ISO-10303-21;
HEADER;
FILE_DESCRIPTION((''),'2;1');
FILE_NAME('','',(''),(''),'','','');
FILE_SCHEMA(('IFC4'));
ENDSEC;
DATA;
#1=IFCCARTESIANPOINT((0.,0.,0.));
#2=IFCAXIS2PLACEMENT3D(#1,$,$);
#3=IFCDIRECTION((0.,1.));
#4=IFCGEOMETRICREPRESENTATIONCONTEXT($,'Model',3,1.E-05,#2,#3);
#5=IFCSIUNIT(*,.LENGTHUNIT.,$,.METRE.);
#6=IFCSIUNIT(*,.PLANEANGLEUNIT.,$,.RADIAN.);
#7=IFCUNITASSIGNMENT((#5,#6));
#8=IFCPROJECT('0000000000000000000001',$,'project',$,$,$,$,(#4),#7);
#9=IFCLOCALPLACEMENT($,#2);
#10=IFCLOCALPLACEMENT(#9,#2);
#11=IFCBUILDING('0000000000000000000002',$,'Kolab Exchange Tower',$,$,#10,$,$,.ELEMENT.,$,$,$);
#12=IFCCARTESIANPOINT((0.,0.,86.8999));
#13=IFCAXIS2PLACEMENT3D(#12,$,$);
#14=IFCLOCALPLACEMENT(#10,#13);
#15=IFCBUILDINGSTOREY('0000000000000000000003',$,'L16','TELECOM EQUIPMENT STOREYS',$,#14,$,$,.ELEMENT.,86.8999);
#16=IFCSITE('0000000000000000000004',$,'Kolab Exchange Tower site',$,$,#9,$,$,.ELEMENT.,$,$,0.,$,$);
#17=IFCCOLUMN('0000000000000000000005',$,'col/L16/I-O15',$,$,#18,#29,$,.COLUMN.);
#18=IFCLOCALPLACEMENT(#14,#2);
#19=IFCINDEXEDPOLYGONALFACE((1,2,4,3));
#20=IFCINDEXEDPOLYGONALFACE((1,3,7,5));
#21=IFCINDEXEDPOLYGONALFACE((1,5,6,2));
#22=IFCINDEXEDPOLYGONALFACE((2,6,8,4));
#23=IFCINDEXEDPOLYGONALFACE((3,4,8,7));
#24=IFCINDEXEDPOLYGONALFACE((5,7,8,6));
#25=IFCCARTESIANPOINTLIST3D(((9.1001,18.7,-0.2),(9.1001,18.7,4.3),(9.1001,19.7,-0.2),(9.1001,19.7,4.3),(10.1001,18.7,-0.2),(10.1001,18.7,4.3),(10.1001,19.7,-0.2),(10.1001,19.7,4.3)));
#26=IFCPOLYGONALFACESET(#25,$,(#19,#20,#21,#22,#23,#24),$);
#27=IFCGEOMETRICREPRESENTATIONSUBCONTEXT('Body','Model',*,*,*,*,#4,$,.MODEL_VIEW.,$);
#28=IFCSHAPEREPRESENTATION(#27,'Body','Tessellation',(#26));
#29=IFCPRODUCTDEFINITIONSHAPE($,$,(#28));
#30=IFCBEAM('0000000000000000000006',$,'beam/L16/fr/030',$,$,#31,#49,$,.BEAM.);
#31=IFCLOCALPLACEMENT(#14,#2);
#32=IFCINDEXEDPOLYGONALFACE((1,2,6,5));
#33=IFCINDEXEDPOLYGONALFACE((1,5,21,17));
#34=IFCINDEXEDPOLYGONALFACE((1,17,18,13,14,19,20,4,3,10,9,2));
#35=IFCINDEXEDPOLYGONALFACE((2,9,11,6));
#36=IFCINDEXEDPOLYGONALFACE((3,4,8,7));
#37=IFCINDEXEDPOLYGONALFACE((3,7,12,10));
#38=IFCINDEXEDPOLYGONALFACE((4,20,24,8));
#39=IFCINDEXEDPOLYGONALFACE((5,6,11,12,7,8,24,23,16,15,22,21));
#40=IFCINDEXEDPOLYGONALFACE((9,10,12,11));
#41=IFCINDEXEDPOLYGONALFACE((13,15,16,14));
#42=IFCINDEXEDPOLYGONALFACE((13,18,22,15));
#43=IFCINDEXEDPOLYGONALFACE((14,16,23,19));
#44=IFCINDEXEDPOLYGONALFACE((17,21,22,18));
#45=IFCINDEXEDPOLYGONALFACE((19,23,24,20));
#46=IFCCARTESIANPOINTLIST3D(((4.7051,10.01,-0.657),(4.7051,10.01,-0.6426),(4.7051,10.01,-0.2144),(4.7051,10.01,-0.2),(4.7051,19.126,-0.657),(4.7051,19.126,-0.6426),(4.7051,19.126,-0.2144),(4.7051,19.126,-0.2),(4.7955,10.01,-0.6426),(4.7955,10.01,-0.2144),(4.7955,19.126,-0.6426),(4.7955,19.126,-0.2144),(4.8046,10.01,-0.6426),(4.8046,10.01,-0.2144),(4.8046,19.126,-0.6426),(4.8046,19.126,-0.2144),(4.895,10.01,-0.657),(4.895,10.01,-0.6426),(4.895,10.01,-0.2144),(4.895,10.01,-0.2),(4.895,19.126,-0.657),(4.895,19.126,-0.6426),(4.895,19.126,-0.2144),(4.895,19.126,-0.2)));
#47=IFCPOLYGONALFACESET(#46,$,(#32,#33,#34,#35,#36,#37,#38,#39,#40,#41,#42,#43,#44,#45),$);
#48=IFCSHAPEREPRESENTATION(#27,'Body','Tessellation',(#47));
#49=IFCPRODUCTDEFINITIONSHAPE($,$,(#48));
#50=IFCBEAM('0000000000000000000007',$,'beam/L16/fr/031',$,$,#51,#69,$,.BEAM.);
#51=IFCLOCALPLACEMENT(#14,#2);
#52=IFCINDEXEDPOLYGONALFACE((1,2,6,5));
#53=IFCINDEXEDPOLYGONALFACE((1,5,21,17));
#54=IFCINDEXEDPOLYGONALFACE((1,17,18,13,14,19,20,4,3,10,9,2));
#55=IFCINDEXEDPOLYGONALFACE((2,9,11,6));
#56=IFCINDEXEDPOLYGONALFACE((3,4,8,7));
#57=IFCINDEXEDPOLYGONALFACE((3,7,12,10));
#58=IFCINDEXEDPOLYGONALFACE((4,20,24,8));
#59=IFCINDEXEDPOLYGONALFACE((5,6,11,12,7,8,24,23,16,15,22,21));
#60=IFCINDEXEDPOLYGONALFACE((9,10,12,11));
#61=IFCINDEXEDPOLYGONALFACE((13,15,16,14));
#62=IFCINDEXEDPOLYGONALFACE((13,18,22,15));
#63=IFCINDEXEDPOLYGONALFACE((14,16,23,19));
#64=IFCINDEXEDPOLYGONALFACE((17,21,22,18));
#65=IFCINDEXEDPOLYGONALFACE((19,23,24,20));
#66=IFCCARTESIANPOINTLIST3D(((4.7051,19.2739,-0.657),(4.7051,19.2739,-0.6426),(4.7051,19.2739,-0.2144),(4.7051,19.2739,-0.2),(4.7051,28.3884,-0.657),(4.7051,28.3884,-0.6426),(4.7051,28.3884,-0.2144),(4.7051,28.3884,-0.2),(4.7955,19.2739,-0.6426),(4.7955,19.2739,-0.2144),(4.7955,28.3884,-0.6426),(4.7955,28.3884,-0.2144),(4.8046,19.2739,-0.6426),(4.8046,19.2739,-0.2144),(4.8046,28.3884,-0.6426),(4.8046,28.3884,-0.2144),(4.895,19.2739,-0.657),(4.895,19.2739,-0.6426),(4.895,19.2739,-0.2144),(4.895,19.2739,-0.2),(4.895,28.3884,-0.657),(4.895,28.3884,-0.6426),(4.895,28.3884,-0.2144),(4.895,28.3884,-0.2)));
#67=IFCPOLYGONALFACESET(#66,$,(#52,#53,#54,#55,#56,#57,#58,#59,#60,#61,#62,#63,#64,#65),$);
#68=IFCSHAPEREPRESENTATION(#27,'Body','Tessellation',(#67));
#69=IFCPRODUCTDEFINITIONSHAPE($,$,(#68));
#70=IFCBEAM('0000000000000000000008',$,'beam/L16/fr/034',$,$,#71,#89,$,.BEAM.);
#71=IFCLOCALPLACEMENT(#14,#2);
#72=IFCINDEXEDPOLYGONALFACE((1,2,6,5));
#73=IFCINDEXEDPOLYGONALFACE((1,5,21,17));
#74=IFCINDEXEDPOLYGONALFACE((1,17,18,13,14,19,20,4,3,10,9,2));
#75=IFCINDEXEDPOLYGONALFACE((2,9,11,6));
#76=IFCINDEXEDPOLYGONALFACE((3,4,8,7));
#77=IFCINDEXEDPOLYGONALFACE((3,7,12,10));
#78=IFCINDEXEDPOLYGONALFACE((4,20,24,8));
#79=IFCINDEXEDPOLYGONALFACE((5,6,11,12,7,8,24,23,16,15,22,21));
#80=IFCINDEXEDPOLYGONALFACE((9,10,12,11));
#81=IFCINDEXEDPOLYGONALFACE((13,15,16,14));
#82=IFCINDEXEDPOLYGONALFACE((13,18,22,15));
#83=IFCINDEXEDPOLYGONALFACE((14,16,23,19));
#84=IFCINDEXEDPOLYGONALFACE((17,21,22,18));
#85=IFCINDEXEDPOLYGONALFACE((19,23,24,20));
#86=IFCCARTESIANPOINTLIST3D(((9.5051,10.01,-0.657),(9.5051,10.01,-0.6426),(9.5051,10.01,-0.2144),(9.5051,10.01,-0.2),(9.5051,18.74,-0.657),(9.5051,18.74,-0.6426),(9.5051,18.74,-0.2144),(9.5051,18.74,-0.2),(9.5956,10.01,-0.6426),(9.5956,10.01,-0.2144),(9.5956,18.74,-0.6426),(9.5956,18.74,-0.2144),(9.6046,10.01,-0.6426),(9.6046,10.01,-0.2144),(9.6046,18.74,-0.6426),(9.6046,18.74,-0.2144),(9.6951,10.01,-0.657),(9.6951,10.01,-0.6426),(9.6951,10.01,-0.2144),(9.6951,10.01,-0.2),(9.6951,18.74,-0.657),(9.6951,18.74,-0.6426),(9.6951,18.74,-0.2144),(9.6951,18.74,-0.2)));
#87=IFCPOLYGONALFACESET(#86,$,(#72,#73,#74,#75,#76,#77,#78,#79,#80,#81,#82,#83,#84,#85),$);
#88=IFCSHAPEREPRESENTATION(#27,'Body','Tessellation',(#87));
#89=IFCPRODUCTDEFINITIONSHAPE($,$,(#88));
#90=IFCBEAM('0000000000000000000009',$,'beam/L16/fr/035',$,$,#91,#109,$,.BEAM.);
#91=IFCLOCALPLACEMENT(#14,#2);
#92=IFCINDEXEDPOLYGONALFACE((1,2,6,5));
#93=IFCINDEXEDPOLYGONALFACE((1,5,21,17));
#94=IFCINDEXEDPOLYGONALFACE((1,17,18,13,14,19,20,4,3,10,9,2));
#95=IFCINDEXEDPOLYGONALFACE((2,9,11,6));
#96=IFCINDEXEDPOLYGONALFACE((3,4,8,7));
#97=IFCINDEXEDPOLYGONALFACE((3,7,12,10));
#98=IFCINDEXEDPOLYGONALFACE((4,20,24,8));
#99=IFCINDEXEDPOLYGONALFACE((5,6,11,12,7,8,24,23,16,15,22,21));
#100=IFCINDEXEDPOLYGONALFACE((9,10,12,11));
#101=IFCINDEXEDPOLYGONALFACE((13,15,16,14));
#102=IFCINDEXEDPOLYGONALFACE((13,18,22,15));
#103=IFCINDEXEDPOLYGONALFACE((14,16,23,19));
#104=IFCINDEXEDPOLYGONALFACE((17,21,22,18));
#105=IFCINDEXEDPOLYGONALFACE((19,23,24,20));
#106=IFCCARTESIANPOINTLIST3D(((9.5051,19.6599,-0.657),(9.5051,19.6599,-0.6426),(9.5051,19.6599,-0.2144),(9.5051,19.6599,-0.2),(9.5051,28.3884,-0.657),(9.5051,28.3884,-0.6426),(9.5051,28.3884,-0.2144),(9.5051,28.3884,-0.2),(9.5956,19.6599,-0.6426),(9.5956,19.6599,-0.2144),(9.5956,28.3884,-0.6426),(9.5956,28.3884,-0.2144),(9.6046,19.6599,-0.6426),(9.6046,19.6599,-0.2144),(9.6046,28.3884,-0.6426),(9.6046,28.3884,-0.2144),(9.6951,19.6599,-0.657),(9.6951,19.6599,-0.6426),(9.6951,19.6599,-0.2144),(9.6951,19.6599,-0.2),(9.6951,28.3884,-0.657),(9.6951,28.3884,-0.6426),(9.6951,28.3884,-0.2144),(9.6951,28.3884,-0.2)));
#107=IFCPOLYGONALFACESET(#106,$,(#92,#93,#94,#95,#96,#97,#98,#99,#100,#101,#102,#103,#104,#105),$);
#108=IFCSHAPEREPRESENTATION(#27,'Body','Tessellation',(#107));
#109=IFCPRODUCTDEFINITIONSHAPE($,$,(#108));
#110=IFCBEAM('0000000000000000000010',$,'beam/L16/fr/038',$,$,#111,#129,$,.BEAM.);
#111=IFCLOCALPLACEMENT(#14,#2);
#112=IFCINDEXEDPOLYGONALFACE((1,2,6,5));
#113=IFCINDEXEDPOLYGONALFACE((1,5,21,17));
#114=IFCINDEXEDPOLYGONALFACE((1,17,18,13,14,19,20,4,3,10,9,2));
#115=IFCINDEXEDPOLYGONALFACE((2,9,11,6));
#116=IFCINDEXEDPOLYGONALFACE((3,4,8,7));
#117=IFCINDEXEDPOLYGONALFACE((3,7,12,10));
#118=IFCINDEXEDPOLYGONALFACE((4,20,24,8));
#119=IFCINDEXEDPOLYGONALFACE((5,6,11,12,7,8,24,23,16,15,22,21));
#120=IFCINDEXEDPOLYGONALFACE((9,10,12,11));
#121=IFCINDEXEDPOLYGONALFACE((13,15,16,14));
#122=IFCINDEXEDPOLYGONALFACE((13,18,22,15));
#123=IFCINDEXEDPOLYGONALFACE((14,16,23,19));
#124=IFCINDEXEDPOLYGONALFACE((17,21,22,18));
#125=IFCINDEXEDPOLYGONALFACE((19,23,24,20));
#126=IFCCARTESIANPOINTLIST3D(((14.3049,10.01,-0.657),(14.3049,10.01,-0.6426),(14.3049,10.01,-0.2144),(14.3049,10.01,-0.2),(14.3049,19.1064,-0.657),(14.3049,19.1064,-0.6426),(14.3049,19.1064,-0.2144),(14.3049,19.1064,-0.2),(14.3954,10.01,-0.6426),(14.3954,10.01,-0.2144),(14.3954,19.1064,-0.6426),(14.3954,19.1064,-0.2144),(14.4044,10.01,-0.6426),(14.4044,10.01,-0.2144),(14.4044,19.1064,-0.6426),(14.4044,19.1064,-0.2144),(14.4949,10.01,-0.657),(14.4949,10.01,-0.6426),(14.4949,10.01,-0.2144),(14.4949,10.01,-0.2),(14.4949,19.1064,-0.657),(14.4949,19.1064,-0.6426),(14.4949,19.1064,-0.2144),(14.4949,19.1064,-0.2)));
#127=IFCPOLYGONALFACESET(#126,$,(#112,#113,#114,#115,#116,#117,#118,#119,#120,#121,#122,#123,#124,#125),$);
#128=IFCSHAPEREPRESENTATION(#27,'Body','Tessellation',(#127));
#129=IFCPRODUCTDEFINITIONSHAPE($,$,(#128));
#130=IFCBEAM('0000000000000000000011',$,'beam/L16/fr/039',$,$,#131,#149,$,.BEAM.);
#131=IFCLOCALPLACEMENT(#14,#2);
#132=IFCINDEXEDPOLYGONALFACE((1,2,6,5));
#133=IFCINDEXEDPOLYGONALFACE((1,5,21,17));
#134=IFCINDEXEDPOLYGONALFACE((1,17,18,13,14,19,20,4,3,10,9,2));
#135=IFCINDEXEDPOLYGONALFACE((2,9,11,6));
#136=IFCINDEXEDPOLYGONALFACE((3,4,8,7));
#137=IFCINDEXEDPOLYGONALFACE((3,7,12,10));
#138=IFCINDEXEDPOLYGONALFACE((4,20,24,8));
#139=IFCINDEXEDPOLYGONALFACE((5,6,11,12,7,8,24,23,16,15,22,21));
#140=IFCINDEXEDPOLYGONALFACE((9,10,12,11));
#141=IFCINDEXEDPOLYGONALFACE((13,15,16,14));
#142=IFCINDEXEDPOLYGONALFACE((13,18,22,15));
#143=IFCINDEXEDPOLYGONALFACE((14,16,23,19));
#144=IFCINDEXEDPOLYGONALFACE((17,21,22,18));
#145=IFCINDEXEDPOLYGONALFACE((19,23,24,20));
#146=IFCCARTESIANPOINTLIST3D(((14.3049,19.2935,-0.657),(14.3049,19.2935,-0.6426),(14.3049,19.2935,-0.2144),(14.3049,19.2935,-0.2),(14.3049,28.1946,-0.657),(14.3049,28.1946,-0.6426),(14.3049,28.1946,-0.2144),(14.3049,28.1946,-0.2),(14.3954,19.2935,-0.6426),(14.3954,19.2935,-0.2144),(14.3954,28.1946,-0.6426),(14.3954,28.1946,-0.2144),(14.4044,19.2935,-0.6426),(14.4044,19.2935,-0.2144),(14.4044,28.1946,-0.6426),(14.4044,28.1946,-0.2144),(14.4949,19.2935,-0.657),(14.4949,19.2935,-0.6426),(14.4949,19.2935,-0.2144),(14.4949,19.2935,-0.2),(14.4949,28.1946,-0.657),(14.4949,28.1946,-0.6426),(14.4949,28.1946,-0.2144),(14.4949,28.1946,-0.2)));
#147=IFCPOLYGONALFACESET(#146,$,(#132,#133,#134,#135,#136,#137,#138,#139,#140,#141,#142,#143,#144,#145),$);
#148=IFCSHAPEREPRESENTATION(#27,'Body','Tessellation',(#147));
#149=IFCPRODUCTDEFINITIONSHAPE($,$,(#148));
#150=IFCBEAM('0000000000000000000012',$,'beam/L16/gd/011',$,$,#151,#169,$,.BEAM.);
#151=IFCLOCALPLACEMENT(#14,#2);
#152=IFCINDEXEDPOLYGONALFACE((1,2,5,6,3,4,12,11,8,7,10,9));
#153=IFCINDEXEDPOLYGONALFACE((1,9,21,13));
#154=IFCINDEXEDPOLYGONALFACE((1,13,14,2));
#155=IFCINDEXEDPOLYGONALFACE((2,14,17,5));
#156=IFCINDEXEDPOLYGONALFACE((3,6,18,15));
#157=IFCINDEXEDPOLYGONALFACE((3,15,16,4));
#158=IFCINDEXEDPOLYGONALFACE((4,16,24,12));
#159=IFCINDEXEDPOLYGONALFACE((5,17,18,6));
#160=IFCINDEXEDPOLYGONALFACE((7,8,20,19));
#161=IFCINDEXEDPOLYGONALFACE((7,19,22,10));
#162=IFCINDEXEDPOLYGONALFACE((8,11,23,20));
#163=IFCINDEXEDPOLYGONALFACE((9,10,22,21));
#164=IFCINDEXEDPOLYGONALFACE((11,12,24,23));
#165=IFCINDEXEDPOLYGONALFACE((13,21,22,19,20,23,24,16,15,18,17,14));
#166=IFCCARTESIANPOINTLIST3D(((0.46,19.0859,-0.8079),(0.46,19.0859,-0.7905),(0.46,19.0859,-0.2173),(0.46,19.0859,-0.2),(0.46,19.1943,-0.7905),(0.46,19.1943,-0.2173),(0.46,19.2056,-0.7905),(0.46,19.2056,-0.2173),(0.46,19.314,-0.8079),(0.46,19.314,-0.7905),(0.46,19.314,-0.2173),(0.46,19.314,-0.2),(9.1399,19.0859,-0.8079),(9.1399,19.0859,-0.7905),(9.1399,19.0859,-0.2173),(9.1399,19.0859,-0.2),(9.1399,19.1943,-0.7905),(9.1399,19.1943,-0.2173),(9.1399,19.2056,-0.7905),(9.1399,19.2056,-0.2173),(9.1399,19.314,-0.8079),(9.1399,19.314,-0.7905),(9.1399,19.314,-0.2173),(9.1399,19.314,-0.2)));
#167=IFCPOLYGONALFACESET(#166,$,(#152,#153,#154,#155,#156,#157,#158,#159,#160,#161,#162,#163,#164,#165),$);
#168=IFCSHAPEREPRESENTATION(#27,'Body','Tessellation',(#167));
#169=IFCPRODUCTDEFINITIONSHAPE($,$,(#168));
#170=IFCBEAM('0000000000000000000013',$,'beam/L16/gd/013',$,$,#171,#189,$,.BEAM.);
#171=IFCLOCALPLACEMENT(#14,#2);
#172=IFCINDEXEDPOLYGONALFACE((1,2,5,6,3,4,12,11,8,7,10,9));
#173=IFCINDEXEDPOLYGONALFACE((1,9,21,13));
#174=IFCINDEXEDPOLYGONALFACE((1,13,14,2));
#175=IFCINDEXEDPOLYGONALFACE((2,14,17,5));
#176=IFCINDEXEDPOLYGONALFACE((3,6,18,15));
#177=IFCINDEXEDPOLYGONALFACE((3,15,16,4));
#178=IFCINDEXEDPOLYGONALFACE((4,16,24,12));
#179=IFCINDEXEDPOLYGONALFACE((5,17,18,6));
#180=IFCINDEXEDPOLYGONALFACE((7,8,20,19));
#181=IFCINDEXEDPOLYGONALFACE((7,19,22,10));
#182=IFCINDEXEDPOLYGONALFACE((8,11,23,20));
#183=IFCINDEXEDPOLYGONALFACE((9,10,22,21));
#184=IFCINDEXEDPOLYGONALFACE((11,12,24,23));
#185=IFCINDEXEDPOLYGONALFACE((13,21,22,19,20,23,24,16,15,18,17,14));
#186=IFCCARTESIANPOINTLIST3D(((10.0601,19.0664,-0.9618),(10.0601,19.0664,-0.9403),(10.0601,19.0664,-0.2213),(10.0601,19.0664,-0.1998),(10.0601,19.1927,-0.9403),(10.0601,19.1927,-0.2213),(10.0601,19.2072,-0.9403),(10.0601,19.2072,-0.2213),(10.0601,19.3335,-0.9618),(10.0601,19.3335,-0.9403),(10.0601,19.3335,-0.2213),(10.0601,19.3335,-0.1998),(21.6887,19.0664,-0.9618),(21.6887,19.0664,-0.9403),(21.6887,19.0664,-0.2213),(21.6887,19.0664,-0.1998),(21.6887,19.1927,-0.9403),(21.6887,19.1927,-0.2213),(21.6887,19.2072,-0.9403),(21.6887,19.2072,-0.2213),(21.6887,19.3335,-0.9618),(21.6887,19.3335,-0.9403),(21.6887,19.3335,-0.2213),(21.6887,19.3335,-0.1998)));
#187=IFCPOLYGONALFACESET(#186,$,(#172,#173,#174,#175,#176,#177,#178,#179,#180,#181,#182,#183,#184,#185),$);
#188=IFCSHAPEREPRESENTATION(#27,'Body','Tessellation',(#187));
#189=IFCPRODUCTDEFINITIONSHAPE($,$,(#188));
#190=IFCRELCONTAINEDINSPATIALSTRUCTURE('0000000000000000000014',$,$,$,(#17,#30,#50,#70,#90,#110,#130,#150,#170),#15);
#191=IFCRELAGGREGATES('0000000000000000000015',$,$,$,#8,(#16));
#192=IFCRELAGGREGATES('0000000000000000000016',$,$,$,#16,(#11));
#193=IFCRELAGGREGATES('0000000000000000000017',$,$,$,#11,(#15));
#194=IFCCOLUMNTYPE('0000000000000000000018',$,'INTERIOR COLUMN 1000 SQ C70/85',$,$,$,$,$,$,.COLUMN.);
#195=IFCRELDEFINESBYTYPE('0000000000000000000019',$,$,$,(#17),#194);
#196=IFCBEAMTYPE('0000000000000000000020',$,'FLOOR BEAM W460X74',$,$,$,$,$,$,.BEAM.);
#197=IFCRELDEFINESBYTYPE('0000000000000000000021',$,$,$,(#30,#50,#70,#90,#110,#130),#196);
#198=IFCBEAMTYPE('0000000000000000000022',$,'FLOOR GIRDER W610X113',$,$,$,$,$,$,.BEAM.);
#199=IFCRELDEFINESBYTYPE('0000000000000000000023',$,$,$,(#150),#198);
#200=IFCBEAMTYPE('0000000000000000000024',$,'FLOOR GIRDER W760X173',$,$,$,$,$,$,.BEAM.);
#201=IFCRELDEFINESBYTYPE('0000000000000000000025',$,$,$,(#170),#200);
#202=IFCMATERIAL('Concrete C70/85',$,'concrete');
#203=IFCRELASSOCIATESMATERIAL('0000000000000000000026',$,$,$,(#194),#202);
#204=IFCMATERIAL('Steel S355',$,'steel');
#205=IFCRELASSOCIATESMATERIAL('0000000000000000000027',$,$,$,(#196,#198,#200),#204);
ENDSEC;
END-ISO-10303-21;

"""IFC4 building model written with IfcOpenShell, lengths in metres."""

from ifc_helpers import new_model, si_unit, direction, frame, origin, origin_2d, place, context, subcontext, project, spatial, rectangle, i_section, extrude, material, material_profile, profile_set, type_object, element, save


model = new_model("IFC4")

# Units and contexts
model_context = context("Model", 3, precision=1e-05, world=origin(), true_north=direction((0.0, 1.0)))
body_context = subcontext(model_context, "Body", "Model", "MODEL_VIEW")
ifc_project = project(units=[si_unit("LENGTHUNIT", "METRE"), si_unit("PLANEANGLEUNIT", "RADIAN")], contexts=[model_context])

# Site, building, storey
site_placement = place(None, origin())
site = spatial("IfcSite", under=ifc_project, at=site_placement, Name="Kolab Exchange Tower site", CompositionType="ELEMENT", RefElevation=0.0)
building_placement = place(site_placement, origin())
building = spatial("IfcBuilding", under=site, at=building_placement, Name="Kolab Exchange Tower", CompositionType="ELEMENT")
storey_placement = place(building_placement, frame((0.0, 0.0, 86.8999)))
storey = spatial("IfcBuildingStorey", under=building, at=storey_placement, Name="L16", Description="TELECOM EQUIPMENT STOREYS", CompositionType="ELEMENT", Elevation=86.8999)

# Column
ifc_material_1 = material(Name="Concrete C70/85", Category="concrete")
ifc_material_profile_1 = material_profile(ifc_material_1, rectangle(XDim=1.0, YDim=1.0, at=origin_2d()), Name="RC1000")
ifc_profile_set_1 = profile_set([ifc_material_profile_1], Name="Concrete C70/85")
column_type = type_object("IfcColumnType", Name="INTERIOR COLUMN 1000 SQ C70/85", PredefinedType="COLUMN", material=ifc_profile_set_1)
column_placement = place(storey_placement, frame((9.6001, 19.2, -0.2), z_axis=(0.0, 0.0, 1.0), x_axis=(1.0, 0.0, 0.0)))
element("IfcColumn", 1, at=column_placement, inside=storey, type_object=column_type, Name="col/L16/I-O15", PredefinedType="COLUMN", context=body_context, shape_type="SweptSolid", body=[
    extrude(rectangle(XDim=1.0, YDim=1.0, at=origin_2d()), origin(), (0.0, 0.0, 1.0), 4.5),
])

# Beams
ifc_material_2 = material(Name="Steel S355", Category="steel")
ifc_material_profile_2 = material_profile(ifc_material_2, i_section(OverallWidth=0.1899, OverallDepth=0.457, WebThickness=0.009, FlangeThickness=0.0144, at=origin_2d()), Name="W460X74")
ifc_profile_set_2 = profile_set([ifc_material_profile_2], Name="Steel S355")
beam_type_1 = type_object("IfcBeamType", Name="FLOOR BEAM W460X74", PredefinedType="BEAM", material=ifc_profile_set_2)
beam_1_placement = place(storey_placement, frame((4.8, 10.01, -0.4285), z_axis=(0.0, 1.0, 0.0), x_axis=(-1.0, 0.0, 0.0)))
element("IfcBeam", 2, at=beam_1_placement, inside=storey, type_object=beam_type_1, Name="beam/L16/fr/030", PredefinedType="BEAM", context=body_context, shape_type="SweptSolid", body=[
    extrude(i_section(OverallWidth=0.1899, OverallDepth=0.457, WebThickness=0.009, FlangeThickness=0.0144, at=origin_2d()), origin(), (0.0, 0.0, 1.0), 9.116),
])
beam_2_placement = place(storey_placement, frame((4.8, 19.2739, -0.4285), z_axis=(0.0, 1.0, 0.0), x_axis=(-1.0, 0.0, 0.0)))
element("IfcBeam", 3, at=beam_2_placement, inside=storey, type_object=beam_type_1, Name="beam/L16/fr/031", PredefinedType="BEAM", context=body_context, shape_type="SweptSolid", body=[
    extrude(i_section(OverallWidth=0.1899, OverallDepth=0.457, WebThickness=0.009, FlangeThickness=0.0144, at=origin_2d()), origin(), (0.0, 0.0, 1.0), 9.1145),
])
beam_3_placement = place(storey_placement, frame((9.6001, 10.01, -0.4285), z_axis=(0.0, 1.0, 0.0), x_axis=(-1.0, 0.0, 0.0)))
element("IfcBeam", 4, at=beam_3_placement, inside=storey, type_object=beam_type_1, Name="beam/L16/fr/034", PredefinedType="BEAM", context=body_context, shape_type="SweptSolid", body=[
    extrude(i_section(OverallWidth=0.1899, OverallDepth=0.457, WebThickness=0.009, FlangeThickness=0.0144, at=origin_2d()), origin(), (0.0, 0.0, 1.0), 8.73),
])
beam_4_placement = place(storey_placement, frame((9.6001, 19.6599, -0.4285), z_axis=(0.0, 1.0, 0.0), x_axis=(-1.0, 0.0, 0.0)))
element("IfcBeam", 5, at=beam_4_placement, inside=storey, type_object=beam_type_1, Name="beam/L16/fr/035", PredefinedType="BEAM", context=body_context, shape_type="SweptSolid", body=[
    extrude(i_section(OverallWidth=0.1899, OverallDepth=0.457, WebThickness=0.009, FlangeThickness=0.0144, at=origin_2d()), origin(), (0.0, 0.0, 1.0), 8.7285),
])
beam_5_placement = place(storey_placement, frame((14.3999, 10.01, -0.4285), z_axis=(0.0, 1.0, 0.0), x_axis=(-1.0, 0.0, 0.0)))
element("IfcBeam", 6, at=beam_5_placement, inside=storey, type_object=beam_type_1, Name="beam/L16/fr/038", PredefinedType="BEAM", context=body_context, shape_type="SweptSolid", body=[
    extrude(i_section(OverallWidth=0.1899, OverallDepth=0.457, WebThickness=0.009, FlangeThickness=0.0144, at=origin_2d()), origin(), (0.0, 0.0, 1.0), 9.0964),
])
beam_6_placement = place(storey_placement, frame((14.3999, 19.2935, -0.4285), z_axis=(0.0, 1.0, 0.0), x_axis=(-1.0, 0.0, 0.0)))
element("IfcBeam", 7, at=beam_6_placement, inside=storey, type_object=beam_type_1, Name="beam/L16/fr/039", PredefinedType="BEAM", context=body_context, shape_type="SweptSolid", body=[
    extrude(i_section(OverallWidth=0.1899, OverallDepth=0.457, WebThickness=0.009, FlangeThickness=0.0144, at=origin_2d()), origin(), (0.0, 0.0, 1.0), 8.9011),
])
ifc_material_profile_3 = material_profile(ifc_material_2, i_section(OverallWidth=0.228, OverallDepth=0.6079, WebThickness=0.0112, FlangeThickness=0.0173, at=origin_2d()), Name="W610X113")
ifc_profile_set_3 = profile_set([ifc_material_profile_3], Name="Steel S355")
beam_type_2 = type_object("IfcBeamType", Name="FLOOR GIRDER W610X113", PredefinedType="BEAM", material=ifc_profile_set_3)
beam_7_placement = place(storey_placement, frame((0.46, 19.2, -0.5039), z_axis=(1.0, 0.0, 0.0), x_axis=(0.0, 1.0, 0.0)))
element("IfcBeam", 8, at=beam_7_placement, inside=storey, type_object=beam_type_2, Name="beam/L16/gd/011", PredefinedType="BEAM", context=body_context, shape_type="SweptSolid", body=[
    extrude(i_section(OverallWidth=0.228, OverallDepth=0.6079, WebThickness=0.0112, FlangeThickness=0.0173, at=origin_2d()), origin(), (0.0, 0.0, 1.0), 8.6799),
])
ifc_material_profile_4 = material_profile(ifc_material_2, i_section(OverallWidth=0.2671, OverallDepth=0.762, WebThickness=0.0144, FlangeThickness=0.0215, at=origin_2d()), Name="W760X173")
ifc_profile_set_4 = profile_set([ifc_material_profile_4], Name="Steel S355")
beam_type_3 = type_object("IfcBeamType", Name="FLOOR GIRDER W760X173", PredefinedType="BEAM", material=ifc_profile_set_4)
beam_8_placement = place(storey_placement, frame((10.0601, 19.2, -0.5808), z_axis=(1.0, 0.0, 0.0), x_axis=(0.0, 1.0, 0.0)))
element("IfcBeam", 9, at=beam_8_placement, inside=storey, type_object=beam_type_3, Name="beam/L16/gd/013", PredefinedType="BEAM", context=body_context, shape_type="SweptSolid", body=[
    extrude(i_section(OverallWidth=0.2671, OverallDepth=0.762, WebThickness=0.0144, FlangeThickness=0.0215, at=origin_2d()), origin(), (0.0, 0.0, 1.0), 11.6287),
])

save(model, "model.ifc")
